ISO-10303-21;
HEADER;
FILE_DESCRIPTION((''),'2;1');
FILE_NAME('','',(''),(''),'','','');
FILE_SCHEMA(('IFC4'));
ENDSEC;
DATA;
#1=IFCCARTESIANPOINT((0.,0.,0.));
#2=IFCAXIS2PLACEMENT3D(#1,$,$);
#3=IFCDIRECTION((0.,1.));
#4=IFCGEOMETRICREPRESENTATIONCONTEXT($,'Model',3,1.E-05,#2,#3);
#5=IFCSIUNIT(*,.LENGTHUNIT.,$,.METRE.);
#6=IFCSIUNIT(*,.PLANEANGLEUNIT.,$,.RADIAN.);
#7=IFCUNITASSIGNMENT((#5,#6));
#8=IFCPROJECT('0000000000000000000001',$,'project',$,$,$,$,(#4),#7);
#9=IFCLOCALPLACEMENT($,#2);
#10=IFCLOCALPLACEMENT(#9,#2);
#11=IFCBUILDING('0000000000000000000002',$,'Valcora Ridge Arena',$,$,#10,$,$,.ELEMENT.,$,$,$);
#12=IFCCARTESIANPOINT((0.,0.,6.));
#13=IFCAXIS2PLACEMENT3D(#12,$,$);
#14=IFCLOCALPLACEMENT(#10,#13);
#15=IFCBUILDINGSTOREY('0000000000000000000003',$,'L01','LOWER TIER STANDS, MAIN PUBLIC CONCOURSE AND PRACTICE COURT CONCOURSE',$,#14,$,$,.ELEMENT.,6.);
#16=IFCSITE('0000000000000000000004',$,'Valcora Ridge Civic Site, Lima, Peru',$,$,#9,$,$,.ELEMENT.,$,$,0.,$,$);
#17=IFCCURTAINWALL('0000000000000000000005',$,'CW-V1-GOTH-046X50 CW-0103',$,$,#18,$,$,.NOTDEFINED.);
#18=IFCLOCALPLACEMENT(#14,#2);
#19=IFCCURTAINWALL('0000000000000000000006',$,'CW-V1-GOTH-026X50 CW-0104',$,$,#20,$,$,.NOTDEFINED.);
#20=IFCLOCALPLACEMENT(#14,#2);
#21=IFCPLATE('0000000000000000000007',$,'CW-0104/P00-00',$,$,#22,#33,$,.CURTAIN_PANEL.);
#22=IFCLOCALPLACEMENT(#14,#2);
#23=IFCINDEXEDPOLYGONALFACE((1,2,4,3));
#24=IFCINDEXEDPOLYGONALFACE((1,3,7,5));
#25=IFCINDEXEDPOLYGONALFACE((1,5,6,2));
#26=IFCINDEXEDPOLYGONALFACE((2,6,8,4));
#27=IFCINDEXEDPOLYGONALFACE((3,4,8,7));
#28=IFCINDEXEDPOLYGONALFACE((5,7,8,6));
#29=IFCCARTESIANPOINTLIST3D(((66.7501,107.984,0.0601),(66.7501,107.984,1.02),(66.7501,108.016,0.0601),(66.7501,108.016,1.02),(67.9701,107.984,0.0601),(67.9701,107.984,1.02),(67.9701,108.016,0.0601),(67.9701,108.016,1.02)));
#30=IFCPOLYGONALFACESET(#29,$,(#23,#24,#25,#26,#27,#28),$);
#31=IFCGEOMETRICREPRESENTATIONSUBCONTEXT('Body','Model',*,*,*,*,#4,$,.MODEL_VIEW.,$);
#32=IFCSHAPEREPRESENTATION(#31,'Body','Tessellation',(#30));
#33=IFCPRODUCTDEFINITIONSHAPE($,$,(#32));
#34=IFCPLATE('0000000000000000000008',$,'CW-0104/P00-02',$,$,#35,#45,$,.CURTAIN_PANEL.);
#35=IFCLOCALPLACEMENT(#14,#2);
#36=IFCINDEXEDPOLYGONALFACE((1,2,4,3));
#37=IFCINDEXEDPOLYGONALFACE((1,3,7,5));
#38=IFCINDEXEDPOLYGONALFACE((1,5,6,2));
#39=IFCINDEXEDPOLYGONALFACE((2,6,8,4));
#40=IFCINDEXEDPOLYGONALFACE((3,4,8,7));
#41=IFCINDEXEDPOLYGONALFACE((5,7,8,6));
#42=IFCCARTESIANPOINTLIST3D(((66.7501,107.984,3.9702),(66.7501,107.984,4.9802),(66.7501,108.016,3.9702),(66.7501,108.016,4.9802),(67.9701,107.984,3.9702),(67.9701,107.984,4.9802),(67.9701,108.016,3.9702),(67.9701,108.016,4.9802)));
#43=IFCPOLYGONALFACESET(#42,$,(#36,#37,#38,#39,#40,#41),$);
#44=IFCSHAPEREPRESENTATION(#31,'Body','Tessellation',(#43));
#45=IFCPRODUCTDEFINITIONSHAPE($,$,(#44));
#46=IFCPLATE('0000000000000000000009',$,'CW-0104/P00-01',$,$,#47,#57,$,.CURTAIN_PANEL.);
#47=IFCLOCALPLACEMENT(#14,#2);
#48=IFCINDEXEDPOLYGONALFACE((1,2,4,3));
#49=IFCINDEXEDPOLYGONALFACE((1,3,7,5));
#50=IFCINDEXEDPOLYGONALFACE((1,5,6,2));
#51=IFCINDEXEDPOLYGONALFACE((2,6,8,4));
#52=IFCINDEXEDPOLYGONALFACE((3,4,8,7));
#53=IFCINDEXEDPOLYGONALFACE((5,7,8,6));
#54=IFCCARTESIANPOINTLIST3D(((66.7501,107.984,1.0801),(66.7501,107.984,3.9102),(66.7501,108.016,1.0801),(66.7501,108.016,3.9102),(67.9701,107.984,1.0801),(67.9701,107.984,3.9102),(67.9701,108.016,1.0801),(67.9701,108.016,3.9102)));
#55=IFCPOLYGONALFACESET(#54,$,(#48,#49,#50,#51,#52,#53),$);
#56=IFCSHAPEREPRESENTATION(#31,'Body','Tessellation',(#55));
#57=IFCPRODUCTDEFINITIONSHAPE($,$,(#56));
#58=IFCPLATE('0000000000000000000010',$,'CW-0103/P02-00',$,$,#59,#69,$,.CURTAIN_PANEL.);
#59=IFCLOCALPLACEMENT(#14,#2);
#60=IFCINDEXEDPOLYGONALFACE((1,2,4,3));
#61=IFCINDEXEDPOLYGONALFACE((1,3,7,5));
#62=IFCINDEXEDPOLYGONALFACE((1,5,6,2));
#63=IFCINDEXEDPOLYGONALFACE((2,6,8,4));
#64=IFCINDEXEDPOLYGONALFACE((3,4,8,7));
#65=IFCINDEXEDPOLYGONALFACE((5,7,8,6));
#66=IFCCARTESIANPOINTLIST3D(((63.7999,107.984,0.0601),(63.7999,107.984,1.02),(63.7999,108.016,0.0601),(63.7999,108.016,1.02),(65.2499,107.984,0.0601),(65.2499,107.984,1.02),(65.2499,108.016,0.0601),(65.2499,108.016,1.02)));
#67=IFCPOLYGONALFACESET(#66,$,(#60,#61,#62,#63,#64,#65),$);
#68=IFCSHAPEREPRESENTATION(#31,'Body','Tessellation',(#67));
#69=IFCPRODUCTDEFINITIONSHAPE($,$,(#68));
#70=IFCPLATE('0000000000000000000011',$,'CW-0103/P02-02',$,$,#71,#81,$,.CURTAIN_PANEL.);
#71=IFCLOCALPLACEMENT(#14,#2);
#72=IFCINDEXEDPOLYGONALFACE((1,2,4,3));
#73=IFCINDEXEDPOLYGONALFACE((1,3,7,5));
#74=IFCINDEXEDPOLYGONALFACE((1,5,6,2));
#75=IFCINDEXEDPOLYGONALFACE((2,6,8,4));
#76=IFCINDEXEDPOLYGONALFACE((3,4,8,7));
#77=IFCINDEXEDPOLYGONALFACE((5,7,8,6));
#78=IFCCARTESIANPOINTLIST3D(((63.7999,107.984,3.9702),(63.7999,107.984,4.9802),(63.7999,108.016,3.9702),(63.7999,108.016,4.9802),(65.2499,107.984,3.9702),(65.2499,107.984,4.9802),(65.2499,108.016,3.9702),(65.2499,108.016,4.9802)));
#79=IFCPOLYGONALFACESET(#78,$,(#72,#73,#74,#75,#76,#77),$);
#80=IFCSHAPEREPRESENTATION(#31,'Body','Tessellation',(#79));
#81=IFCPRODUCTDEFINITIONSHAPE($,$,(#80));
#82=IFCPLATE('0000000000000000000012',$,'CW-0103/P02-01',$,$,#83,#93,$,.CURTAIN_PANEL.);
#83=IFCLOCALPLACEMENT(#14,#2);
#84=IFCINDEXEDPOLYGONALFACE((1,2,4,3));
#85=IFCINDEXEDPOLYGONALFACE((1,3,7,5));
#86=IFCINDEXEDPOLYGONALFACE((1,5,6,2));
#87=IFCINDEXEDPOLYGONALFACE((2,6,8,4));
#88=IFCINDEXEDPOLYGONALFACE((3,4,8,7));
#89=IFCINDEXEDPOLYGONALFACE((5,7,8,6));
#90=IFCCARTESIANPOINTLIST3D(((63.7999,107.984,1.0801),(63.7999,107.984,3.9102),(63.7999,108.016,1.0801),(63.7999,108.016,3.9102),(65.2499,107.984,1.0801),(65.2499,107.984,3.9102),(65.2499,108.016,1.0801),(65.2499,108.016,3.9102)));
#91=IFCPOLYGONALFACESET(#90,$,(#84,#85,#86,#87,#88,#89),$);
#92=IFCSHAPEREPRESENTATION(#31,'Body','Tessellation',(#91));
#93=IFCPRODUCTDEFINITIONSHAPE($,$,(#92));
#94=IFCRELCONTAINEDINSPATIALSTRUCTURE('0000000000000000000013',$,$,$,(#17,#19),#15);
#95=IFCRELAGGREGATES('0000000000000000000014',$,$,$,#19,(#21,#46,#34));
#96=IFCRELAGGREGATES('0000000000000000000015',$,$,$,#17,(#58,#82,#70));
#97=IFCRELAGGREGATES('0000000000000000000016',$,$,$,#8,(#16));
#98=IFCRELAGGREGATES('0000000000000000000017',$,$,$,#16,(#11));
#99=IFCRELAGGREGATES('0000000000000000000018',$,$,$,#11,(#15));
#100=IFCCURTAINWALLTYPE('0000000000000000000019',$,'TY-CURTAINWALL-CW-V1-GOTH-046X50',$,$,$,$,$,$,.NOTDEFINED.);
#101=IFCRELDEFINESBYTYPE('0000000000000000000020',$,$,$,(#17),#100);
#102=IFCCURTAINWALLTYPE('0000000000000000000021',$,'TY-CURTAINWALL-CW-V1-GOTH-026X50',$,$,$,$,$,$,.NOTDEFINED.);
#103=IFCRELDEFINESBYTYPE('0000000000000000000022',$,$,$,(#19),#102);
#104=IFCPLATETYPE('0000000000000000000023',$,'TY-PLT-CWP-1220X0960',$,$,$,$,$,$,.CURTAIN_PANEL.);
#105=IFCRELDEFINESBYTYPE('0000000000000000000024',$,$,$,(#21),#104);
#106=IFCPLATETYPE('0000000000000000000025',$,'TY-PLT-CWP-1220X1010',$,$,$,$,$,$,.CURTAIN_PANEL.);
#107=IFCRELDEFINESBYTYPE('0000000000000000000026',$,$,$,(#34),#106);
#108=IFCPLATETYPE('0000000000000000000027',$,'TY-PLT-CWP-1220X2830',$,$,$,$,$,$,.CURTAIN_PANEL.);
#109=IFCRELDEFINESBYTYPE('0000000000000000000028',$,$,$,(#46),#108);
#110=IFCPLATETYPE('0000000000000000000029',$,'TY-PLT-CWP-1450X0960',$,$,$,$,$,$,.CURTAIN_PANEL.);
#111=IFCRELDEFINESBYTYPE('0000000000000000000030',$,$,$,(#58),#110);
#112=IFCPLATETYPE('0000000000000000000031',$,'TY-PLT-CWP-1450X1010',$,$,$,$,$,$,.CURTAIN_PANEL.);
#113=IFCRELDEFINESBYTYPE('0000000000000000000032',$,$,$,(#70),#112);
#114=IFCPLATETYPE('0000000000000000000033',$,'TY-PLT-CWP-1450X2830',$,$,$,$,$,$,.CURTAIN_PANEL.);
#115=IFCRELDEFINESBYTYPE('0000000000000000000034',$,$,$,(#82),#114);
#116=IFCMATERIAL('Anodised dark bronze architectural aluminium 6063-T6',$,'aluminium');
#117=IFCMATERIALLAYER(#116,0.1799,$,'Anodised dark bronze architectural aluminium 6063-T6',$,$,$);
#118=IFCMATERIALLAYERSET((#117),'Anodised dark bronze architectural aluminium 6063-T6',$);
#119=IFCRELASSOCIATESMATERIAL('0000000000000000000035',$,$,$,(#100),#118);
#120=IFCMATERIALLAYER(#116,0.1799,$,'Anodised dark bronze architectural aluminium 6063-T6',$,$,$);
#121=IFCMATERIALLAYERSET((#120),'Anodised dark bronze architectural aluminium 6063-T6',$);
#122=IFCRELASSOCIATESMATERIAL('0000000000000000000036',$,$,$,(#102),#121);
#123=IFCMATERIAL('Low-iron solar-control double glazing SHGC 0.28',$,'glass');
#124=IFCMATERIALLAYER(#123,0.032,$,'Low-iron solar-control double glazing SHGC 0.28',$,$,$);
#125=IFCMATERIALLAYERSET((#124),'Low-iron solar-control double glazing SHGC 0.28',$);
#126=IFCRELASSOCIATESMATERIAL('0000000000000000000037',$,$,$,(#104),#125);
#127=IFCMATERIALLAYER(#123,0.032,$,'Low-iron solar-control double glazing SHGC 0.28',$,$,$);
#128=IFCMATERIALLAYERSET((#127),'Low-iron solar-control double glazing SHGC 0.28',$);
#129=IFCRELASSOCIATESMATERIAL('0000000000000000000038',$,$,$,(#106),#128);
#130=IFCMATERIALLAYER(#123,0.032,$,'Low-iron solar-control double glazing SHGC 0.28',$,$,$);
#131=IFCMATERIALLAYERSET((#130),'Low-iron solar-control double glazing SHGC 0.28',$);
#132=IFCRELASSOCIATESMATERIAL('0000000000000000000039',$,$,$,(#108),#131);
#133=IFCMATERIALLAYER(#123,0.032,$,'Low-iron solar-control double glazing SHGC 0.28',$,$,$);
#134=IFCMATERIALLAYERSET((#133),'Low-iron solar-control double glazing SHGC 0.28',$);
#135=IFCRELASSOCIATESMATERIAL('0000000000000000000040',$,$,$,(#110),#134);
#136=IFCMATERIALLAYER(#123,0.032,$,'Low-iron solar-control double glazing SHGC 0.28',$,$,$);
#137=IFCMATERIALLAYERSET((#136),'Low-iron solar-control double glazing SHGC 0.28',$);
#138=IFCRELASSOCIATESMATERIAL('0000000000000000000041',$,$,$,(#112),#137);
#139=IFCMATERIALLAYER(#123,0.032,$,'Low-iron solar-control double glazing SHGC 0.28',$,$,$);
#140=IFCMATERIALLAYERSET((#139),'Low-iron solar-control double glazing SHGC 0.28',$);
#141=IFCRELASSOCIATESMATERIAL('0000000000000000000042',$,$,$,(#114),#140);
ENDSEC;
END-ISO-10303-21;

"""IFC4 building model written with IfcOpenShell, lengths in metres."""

from ifc_helpers import new_model, si_unit, direction, frame, origin, origin_2d, place, context, subcontext, project, spatial, rectangle, extrude, material, layer, layer_set, type_object, element, aggregate, save


model = new_model("IFC4")

# Units and contexts
model_context = context("Model", 3, precision=1e-05, world=origin(), true_north=direction((0.0, 1.0)))
body_context = subcontext(model_context, "Body", "Model", "MODEL_VIEW")
ifc_project = project(units=[si_unit("LENGTHUNIT", "METRE"), si_unit("PLANEANGLEUNIT", "RADIAN")], contexts=[model_context])

# Site, building, storey
site_placement = place(None, origin())
site = spatial("IfcSite", under=ifc_project, at=site_placement, Name="Valcora Ridge Civic Site, Lima, Peru", CompositionType="ELEMENT", RefElevation=0.0)
building_placement = place(site_placement, origin())
building = spatial("IfcBuilding", under=site, at=building_placement, Name="Valcora Ridge Arena", CompositionType="ELEMENT")
storey_placement = place(building_placement, frame((0.0, 0.0, 6.0)))
storey = spatial("IfcBuildingStorey", under=building, at=storey_placement, Name="L01", Description="LOWER TIER STANDS, MAIN PUBLIC CONCOURSE AND PRACTICE COURT CONCOURSE", CompositionType="ELEMENT", Elevation=6.0)

# Curtain wall
ifc_material_1 = material(Name="Anodised dark bronze architectural aluminium 6063-T6", Category="aluminium")
ifc_layer_1 = layer(ifc_material_1, 0.1799, Name="Anodised dark bronze architectural aluminium 6063-T6")
ifc_layer_set_1 = layer_set([ifc_layer_1], Name="Anodised dark bronze architectural aluminium 6063-T6")
curtain_wall_type_1 = type_object("IfcCurtainWallType", Name="TY-CURTAINWALL-CW-V1-GOTH-046X50", PredefinedType="NOTDEFINED", material=ifc_layer_set_1)
curtain_wall_1_placement = place(storey_placement, origin())
curtain_wall_1 = element("IfcCurtainWall", 1, at=curtain_wall_1_placement, inside=storey, type_object=curtain_wall_type_1, Name="CW-V1-GOTH-046X50 CW-0103", PredefinedType="NOTDEFINED")

# Curtain wall, plates
ifc_layer_2 = layer(ifc_material_1, 0.1799, Name="Anodised dark bronze architectural aluminium 6063-T6")
ifc_layer_set_2 = layer_set([ifc_layer_2], Name="Anodised dark bronze architectural aluminium 6063-T6")
curtain_wall_type_2 = type_object("IfcCurtainWallType", Name="TY-CURTAINWALL-CW-V1-GOTH-026X50", PredefinedType="NOTDEFINED", material=ifc_layer_set_2)
curtain_wall_2_placement = place(storey_placement, origin())
curtain_wall_2 = element("IfcCurtainWall", 2, at=curtain_wall_2_placement, inside=storey, type_object=curtain_wall_type_2, Name="CW-V1-GOTH-026X50 CW-0104", PredefinedType="NOTDEFINED")
ifc_material_2 = material(Name="Low-iron solar-control double glazing SHGC 0.28", Category="glass")
ifc_layer_3 = layer(ifc_material_2, 0.032, Name="Low-iron solar-control double glazing SHGC 0.28")
ifc_layer_set_3 = layer_set([ifc_layer_3], Name="Low-iron solar-control double glazing SHGC 0.28")
plate_type_1 = type_object("IfcPlateType", Name="TY-PLT-CWP-1220X0960", PredefinedType="CURTAIN_PANEL", material=ifc_layer_set_3)
plate_1_placement = place(storey_placement, frame((67.3601, 108.0, 0.0601), z_axis=(0.0, 0.0, 1.0), x_axis=(1.0, 0.0, 0.0)))
plate_1 = element("IfcPlate", 3, at=plate_1_placement, type_object=plate_type_1, Name="CW-0104/P00-00", PredefinedType="CURTAIN_PANEL", context=body_context, shape_type="SweptSolid", body=[
    extrude(rectangle(XDim=1.22, YDim=0.032, at=origin_2d()), origin(), (0.0, 0.0, 1.0), 0.96),
])
ifc_layer_4 = layer(ifc_material_2, 0.032, Name="Low-iron solar-control double glazing SHGC 0.28")
ifc_layer_set_4 = layer_set([ifc_layer_4], Name="Low-iron solar-control double glazing SHGC 0.28")
plate_type_2 = type_object("IfcPlateType", Name="TY-PLT-CWP-1220X1010", PredefinedType="CURTAIN_PANEL", material=ifc_layer_set_4)
plate_2_placement = place(storey_placement, frame((67.3601, 108.0, 3.9702), z_axis=(0.0, 0.0, 1.0), x_axis=(1.0, 0.0, 0.0)))
plate_2 = element("IfcPlate", 4, at=plate_2_placement, type_object=plate_type_2, Name="CW-0104/P00-02", PredefinedType="CURTAIN_PANEL", context=body_context, shape_type="SweptSolid", body=[
    extrude(rectangle(XDim=1.22, YDim=0.032, at=origin_2d()), origin(), (0.0, 0.0, 1.0), 1.01),
])
ifc_layer_5 = layer(ifc_material_2, 0.032, Name="Low-iron solar-control double glazing SHGC 0.28")
ifc_layer_set_5 = layer_set([ifc_layer_5], Name="Low-iron solar-control double glazing SHGC 0.28")
plate_type_3 = type_object("IfcPlateType", Name="TY-PLT-CWP-1220X2830", PredefinedType="CURTAIN_PANEL", material=ifc_layer_set_5)
plate_3_placement = place(storey_placement, frame((67.3601, 108.0, 1.0801), z_axis=(0.0, 0.0, 1.0), x_axis=(1.0, 0.0, 0.0)))
plate_3 = element("IfcPlate", 5, at=plate_3_placement, type_object=plate_type_3, Name="CW-0104/P00-01", PredefinedType="CURTAIN_PANEL", context=body_context, shape_type="SweptSolid", body=[
    extrude(rectangle(XDim=1.22, YDim=0.032, at=origin_2d()), origin(), (0.0, 0.0, 1.0), 2.8301),
])
aggregate(curtain_wall_2, [plate_1, plate_3, plate_2])

# Plates
ifc_layer_6 = layer(ifc_material_2, 0.032, Name="Low-iron solar-control double glazing SHGC 0.28")
ifc_layer_set_6 = layer_set([ifc_layer_6], Name="Low-iron solar-control double glazing SHGC 0.28")
plate_type_4 = type_object("IfcPlateType", Name="TY-PLT-CWP-1450X0960", PredefinedType="CURTAIN_PANEL", material=ifc_layer_set_6)
plate_4_placement = place(storey_placement, frame((64.5249, 108.0, 0.0601), z_axis=(0.0, 0.0, 1.0), x_axis=(1.0, 0.0, 0.0)))
plate_4 = element("IfcPlate", 6, at=plate_4_placement, type_object=plate_type_4, Name="CW-0103/P02-00", PredefinedType="CURTAIN_PANEL", context=body_context, shape_type="SweptSolid", body=[
    extrude(rectangle(XDim=1.45, YDim=0.032, at=origin_2d()), origin(), (0.0, 0.0, 1.0), 0.96),
])
ifc_layer_7 = layer(ifc_material_2, 0.032, Name="Low-iron solar-control double glazing SHGC 0.28")
ifc_layer_set_7 = layer_set([ifc_layer_7], Name="Low-iron solar-control double glazing SHGC 0.28")
plate_type_5 = type_object("IfcPlateType", Name="TY-PLT-CWP-1450X1010", PredefinedType="CURTAIN_PANEL", material=ifc_layer_set_7)
plate_5_placement = place(storey_placement, frame((64.5249, 108.0, 3.9702), z_axis=(0.0, 0.0, 1.0), x_axis=(1.0, 0.0, 0.0)))
plate_5 = element("IfcPlate", 7, at=plate_5_placement, type_object=plate_type_5, Name="CW-0103/P02-02", PredefinedType="CURTAIN_PANEL", context=body_context, shape_type="SweptSolid", body=[
    extrude(rectangle(XDim=1.45, YDim=0.032, at=origin_2d()), origin(), (0.0, 0.0, 1.0), 1.01),
])
ifc_layer_8 = layer(ifc_material_2, 0.032, Name="Low-iron solar-control double glazing SHGC 0.28")
ifc_layer_set_8 = layer_set([ifc_layer_8], Name="Low-iron solar-control double glazing SHGC 0.28")
plate_type_6 = type_object("IfcPlateType", Name="TY-PLT-CWP-1450X2830", PredefinedType="CURTAIN_PANEL", material=ifc_layer_set_8)
plate_6_placement = place(storey_placement, frame((64.5249, 108.0, 1.0801), z_axis=(0.0, 0.0, 1.0), x_axis=(1.0, 0.0, 0.0)))
plate_6 = element("IfcPlate", 8, at=plate_6_placement, type_object=plate_type_6, Name="CW-0103/P02-01", PredefinedType="CURTAIN_PANEL", context=body_context, shape_type="SweptSolid", body=[
    extrude(rectangle(XDim=1.45, YDim=0.032, at=origin_2d()), origin(), (0.0, 0.0, 1.0), 2.8301),
])
aggregate(curtain_wall_1, [plate_4, plate_6, plate_5])

save(model, "model.ifc")
